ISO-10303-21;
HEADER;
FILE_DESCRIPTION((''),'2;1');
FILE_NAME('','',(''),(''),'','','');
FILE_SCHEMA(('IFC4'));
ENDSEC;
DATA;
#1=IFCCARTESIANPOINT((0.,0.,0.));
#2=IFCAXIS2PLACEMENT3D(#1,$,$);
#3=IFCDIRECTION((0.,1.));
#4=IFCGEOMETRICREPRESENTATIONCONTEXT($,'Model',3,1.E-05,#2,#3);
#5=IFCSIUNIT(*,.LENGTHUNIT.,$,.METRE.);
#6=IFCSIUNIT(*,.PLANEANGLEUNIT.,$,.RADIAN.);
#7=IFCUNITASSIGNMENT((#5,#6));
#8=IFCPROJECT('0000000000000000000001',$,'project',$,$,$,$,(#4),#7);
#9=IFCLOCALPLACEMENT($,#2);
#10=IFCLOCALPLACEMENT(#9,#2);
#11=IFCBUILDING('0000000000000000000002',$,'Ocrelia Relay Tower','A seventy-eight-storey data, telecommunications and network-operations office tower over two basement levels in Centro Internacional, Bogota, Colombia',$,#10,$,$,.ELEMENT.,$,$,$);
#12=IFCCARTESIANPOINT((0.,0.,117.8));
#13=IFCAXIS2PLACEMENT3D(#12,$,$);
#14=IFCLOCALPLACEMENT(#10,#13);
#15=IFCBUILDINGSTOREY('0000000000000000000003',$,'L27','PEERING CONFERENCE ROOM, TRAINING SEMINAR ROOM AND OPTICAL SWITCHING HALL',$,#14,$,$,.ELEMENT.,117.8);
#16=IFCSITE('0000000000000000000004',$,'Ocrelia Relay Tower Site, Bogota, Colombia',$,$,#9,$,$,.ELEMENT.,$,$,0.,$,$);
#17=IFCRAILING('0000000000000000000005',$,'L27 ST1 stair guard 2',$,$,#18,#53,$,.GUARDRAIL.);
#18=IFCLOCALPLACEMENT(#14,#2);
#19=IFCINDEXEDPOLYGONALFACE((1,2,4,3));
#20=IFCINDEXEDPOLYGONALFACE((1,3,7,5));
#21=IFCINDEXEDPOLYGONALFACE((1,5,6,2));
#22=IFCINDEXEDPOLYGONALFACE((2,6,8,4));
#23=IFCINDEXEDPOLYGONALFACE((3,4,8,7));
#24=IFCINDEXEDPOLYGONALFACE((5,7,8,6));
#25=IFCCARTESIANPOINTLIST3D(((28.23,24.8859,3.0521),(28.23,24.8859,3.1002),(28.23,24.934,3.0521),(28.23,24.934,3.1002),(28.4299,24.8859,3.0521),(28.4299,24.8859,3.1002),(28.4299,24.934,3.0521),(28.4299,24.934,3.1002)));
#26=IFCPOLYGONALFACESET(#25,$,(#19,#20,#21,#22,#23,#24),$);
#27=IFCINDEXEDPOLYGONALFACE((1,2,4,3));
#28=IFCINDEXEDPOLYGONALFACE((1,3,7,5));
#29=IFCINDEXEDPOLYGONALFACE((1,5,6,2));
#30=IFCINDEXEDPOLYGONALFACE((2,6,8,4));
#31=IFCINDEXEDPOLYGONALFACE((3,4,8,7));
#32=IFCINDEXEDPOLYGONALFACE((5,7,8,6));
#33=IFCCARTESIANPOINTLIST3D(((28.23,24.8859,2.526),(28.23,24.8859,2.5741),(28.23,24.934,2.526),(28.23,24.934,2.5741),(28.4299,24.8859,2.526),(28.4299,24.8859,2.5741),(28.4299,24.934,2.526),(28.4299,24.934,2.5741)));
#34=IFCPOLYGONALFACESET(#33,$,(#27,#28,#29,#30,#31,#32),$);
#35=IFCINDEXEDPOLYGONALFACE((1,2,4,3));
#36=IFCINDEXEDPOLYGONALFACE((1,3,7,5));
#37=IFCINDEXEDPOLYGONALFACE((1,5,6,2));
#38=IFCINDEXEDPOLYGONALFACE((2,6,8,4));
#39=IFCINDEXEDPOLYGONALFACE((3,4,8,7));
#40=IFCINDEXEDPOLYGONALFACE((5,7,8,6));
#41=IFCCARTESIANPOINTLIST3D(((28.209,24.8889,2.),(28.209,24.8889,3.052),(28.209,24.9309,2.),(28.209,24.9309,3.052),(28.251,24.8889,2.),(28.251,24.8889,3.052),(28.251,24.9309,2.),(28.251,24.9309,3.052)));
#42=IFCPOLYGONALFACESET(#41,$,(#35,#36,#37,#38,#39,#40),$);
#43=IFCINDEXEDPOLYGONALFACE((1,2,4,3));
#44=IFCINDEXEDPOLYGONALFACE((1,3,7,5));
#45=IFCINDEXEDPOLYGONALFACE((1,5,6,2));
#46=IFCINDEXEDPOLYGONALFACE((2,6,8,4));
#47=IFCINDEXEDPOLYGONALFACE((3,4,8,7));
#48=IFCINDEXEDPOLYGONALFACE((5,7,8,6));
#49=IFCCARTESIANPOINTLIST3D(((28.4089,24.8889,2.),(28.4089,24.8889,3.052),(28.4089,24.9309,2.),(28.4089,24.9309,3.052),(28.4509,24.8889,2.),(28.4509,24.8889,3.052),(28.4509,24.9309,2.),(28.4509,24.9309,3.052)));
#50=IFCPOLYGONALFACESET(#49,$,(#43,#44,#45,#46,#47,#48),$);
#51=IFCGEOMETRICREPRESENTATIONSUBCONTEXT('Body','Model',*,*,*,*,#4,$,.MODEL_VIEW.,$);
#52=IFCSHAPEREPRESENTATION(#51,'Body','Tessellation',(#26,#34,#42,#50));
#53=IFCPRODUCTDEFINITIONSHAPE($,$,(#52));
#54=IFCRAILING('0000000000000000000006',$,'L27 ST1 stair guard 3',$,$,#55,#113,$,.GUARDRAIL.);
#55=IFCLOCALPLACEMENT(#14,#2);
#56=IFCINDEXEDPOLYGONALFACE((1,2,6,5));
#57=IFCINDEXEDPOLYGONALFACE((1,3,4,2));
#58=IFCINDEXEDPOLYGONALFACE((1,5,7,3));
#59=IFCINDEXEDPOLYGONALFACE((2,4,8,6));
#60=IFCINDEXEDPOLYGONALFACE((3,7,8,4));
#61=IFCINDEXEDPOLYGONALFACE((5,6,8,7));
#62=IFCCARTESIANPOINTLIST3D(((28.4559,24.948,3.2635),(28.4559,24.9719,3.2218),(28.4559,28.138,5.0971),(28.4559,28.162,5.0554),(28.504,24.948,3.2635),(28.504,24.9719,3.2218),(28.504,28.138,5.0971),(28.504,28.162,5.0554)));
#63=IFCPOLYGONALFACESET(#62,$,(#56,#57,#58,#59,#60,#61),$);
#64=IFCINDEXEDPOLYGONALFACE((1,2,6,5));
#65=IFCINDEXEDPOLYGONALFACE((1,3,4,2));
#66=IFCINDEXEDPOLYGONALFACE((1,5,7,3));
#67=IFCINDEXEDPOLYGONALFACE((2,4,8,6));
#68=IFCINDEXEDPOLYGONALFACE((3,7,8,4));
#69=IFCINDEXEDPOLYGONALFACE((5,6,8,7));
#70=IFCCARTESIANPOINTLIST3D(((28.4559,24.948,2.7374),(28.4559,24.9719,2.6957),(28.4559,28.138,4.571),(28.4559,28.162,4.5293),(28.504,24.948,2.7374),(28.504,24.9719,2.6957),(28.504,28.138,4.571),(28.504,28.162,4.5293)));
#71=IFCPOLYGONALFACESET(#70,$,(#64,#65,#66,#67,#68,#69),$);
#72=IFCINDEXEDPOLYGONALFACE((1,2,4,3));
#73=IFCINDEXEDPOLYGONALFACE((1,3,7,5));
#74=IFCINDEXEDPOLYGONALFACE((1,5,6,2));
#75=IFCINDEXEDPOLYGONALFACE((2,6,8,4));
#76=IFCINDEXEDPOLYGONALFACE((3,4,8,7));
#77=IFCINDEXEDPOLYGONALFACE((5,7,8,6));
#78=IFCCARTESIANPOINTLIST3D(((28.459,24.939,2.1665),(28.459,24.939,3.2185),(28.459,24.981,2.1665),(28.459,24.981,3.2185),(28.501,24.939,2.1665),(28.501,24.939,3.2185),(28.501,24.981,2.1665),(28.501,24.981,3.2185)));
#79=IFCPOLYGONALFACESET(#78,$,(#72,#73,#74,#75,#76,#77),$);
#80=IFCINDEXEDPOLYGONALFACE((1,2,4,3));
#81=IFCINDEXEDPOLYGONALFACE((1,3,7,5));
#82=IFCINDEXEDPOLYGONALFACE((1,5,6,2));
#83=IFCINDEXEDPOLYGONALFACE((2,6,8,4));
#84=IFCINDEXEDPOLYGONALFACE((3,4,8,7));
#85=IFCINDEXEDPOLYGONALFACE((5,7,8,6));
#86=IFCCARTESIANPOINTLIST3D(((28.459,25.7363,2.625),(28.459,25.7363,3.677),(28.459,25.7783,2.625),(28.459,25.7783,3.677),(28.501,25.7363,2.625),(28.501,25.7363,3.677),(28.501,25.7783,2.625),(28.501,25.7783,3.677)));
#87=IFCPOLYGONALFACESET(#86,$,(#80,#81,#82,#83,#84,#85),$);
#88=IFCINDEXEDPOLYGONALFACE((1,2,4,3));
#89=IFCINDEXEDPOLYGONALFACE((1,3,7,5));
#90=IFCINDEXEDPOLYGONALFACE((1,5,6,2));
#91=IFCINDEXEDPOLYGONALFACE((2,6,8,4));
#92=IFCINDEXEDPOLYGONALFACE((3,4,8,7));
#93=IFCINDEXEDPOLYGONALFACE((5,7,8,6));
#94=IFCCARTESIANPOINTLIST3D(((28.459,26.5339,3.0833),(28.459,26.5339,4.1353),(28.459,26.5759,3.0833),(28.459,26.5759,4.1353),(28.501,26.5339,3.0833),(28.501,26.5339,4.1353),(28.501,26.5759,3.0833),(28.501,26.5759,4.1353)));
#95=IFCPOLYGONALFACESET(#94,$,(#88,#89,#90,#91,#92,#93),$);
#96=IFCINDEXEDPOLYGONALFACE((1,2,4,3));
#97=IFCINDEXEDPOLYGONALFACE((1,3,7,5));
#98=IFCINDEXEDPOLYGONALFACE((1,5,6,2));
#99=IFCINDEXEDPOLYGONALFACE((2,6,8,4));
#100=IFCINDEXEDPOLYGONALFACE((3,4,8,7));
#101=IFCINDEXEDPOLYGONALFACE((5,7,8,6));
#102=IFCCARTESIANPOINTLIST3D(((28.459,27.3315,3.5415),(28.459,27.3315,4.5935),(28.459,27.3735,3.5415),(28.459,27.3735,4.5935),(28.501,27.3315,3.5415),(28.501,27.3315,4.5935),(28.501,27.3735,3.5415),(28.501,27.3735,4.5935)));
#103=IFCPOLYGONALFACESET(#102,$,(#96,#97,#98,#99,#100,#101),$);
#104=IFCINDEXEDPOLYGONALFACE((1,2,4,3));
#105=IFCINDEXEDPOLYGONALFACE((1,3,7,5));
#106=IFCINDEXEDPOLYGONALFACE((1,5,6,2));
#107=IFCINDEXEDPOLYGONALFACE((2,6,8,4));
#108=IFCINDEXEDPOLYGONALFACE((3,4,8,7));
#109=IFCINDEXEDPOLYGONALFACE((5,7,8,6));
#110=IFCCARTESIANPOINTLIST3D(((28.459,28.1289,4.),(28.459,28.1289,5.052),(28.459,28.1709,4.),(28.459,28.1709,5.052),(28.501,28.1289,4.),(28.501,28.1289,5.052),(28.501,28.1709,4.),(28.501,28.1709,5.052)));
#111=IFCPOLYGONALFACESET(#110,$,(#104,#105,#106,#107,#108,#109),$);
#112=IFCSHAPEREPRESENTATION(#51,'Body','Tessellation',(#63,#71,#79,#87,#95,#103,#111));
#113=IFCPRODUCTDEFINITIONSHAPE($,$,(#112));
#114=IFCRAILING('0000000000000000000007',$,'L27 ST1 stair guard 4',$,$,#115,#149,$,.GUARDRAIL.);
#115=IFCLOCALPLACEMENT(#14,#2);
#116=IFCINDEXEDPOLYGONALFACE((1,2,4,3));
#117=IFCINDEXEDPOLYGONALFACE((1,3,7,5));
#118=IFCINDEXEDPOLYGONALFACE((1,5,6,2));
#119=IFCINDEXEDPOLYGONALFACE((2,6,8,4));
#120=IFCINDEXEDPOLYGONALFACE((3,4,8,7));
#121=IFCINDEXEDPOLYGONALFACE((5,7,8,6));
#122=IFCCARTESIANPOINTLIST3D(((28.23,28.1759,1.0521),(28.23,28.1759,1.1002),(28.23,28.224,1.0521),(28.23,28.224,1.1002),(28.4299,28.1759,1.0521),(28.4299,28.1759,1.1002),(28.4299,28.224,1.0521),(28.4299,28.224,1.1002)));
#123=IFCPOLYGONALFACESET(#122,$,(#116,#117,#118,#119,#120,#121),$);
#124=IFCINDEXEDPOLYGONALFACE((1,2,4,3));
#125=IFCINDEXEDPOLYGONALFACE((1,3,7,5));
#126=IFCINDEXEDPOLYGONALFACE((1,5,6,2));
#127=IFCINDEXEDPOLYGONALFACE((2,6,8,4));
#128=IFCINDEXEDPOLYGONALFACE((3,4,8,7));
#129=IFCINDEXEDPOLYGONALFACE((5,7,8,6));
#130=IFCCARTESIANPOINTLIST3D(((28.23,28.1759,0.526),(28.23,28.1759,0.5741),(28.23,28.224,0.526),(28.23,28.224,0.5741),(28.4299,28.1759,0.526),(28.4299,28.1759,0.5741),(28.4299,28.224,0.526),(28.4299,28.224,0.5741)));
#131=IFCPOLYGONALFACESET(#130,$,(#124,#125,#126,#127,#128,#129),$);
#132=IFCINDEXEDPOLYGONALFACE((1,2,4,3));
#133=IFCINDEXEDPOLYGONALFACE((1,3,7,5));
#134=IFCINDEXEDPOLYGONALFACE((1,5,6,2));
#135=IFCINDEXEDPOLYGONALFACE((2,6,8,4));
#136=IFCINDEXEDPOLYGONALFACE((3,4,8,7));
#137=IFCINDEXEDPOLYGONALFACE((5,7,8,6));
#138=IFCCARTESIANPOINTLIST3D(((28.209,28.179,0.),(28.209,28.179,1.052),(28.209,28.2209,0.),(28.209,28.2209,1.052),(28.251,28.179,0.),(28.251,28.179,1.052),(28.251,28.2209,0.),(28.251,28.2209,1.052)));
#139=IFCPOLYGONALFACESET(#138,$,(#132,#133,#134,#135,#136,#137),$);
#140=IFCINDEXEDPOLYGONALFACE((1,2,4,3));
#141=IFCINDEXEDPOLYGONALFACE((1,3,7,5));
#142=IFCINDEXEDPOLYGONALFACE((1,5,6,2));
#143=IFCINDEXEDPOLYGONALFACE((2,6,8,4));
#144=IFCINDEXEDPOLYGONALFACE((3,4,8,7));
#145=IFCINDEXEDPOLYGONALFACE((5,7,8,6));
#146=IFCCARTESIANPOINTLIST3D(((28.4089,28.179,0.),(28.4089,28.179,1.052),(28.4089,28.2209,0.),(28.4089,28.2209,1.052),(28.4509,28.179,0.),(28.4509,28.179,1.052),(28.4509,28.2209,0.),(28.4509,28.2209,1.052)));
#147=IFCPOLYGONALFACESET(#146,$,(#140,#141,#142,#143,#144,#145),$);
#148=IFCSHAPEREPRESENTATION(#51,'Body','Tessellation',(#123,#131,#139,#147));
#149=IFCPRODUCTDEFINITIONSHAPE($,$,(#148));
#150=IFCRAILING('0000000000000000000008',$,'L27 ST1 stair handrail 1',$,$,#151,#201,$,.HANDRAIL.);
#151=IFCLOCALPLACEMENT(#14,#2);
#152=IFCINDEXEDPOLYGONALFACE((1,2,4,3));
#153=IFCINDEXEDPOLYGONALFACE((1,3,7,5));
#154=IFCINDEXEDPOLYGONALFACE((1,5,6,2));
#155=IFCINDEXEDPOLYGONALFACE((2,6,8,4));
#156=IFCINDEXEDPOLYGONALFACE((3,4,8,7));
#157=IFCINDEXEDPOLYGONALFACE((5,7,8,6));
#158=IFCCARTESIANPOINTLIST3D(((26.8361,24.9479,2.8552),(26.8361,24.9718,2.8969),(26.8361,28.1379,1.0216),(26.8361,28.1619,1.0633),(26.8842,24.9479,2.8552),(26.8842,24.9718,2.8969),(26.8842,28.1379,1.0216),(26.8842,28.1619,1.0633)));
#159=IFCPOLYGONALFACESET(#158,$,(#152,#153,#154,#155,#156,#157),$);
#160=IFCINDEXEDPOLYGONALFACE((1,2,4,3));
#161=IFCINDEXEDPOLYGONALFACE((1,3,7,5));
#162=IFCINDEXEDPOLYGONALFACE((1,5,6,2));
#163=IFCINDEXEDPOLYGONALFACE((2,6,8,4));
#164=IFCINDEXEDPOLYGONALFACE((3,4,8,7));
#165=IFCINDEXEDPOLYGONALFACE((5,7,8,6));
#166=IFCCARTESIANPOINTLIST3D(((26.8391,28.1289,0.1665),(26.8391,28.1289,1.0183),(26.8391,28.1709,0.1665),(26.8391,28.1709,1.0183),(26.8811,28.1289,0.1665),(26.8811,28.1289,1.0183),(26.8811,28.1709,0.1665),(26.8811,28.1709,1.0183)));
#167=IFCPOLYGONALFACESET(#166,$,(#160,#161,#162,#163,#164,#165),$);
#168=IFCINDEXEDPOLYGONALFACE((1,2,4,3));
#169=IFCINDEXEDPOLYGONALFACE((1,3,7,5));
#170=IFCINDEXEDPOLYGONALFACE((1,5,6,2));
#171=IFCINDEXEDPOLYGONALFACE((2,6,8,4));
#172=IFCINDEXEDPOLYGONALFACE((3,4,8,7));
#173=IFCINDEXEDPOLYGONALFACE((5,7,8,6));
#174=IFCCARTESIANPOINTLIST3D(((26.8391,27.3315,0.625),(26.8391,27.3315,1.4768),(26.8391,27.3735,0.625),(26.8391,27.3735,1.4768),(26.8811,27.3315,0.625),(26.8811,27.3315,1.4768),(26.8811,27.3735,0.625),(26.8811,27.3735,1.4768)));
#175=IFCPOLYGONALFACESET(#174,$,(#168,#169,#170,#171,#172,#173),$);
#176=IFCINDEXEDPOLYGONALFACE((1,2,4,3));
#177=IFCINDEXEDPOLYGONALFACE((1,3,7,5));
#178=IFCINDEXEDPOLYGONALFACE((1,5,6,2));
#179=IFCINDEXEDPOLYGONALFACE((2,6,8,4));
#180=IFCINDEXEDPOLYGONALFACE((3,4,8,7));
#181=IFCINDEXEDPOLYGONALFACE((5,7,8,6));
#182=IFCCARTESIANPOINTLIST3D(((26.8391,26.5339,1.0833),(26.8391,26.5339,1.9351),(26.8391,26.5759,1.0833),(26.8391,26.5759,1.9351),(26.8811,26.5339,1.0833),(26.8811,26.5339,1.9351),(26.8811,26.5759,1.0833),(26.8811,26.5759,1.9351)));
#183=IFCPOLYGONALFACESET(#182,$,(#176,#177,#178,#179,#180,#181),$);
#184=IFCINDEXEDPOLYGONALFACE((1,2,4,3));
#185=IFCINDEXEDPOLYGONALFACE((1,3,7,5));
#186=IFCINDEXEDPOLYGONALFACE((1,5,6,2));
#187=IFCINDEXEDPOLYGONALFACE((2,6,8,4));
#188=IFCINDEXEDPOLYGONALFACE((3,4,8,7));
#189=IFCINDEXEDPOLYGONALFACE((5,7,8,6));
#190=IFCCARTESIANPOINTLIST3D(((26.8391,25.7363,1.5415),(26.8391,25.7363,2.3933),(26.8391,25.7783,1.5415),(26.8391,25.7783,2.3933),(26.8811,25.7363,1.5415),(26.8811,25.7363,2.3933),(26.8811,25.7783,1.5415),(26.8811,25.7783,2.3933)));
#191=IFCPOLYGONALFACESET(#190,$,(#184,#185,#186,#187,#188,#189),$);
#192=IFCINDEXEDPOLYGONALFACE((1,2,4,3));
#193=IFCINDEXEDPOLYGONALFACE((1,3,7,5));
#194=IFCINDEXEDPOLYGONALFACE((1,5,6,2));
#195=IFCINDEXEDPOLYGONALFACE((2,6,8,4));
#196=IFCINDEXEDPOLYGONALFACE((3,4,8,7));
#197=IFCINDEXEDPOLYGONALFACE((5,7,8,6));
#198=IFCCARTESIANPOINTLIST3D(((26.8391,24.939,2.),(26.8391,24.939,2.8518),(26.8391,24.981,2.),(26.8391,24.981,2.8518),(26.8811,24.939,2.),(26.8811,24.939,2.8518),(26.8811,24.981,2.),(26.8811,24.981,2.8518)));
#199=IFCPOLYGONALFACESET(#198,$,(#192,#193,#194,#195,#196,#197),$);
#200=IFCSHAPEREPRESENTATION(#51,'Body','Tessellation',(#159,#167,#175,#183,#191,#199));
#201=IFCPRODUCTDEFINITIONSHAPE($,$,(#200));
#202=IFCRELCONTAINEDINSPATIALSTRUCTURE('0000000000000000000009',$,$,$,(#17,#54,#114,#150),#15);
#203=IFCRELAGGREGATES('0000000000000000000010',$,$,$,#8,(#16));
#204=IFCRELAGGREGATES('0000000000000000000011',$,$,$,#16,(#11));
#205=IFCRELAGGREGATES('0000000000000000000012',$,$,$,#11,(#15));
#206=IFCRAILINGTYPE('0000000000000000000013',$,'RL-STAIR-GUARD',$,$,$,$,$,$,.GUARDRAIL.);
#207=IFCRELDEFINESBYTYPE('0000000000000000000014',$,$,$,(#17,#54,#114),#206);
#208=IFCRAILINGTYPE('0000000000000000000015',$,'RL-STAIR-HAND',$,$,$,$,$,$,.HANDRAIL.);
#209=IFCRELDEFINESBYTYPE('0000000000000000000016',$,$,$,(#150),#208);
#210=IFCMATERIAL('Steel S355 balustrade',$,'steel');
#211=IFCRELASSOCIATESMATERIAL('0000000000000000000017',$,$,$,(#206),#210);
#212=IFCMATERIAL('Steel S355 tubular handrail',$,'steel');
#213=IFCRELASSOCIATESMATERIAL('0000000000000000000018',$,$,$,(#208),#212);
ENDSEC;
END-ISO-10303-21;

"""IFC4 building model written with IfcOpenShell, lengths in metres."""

from ifc_helpers import new_model, si_unit, direction, frame, origin, origin_2d, place, context, subcontext, project, spatial, rectangle, extrude, material, type_object, element, save


model = new_model("IFC4")

# Units and contexts
model_context = context("Model", 3, precision=1e-05, world=origin(), true_north=direction((0.0, 1.0)))
body_context = subcontext(model_context, "Body", "Model", "MODEL_VIEW")
ifc_project = project(units=[si_unit("LENGTHUNIT", "METRE"), si_unit("PLANEANGLEUNIT", "RADIAN")], contexts=[model_context])

# Site, building, storey
site_placement = place(None, origin())
site = spatial("IfcSite", under=ifc_project, at=site_placement, Name="Ocrelia Relay Tower Site, Bogota, Colombia", CompositionType="ELEMENT", RefElevation=0.0)
building_placement = place(site_placement, origin())
building = spatial("IfcBuilding", under=site, at=building_placement, Name="Ocrelia Relay Tower", Description="A seventy-eight-storey data, telecommunications and network-operations office tower over two basement levels in Centro Internacional, Bogota, Colombia", CompositionType="ELEMENT")
storey_placement = place(building_placement, frame((0.0, 0.0, 117.8)))
storey = spatial("IfcBuildingStorey", under=building, at=storey_placement, Name="L27", Description="PEERING CONFERENCE ROOM, TRAINING SEMINAR ROOM AND OPTICAL SWITCHING HALL", CompositionType="ELEMENT", Elevation=117.8)

# Railings
ifc_material_1 = material(Name="Steel S355 balustrade", Category="steel")
railing_type_1 = type_object("IfcRailingType", Name="RL-STAIR-GUARD", PredefinedType="GUARDRAIL", material=ifc_material_1)
railing_1_placement = place(storey_placement, frame((28.23, 24.9099, 2.0)))
element("IfcRailing", 1, at=railing_1_placement, inside=storey, type_object=railing_type_1, Name="L27 ST1 stair guard 2", PredefinedType="GUARDRAIL", context=body_context, shape_type="SweptSolid", body=[
    extrude(rectangle(XDim=0.0481, YDim=0.0481, at=origin_2d()), frame((0.0, 0.0, 1.0762), z_axis=(1.0, 0.0, 0.0), x_axis=(0.0, 1.0, 0.0)), (0.0, 0.0, 1.0), 0.2),
    extrude(rectangle(XDim=0.0481, YDim=0.0481, at=origin_2d()), frame((0.0, 0.0, 0.55), z_axis=(1.0, 0.0, 0.0), x_axis=(0.0, 1.0, 0.0)), (0.0, 0.0, 1.0), 0.2),
    extrude(rectangle(XDim=0.042, YDim=0.042, at=origin_2d()), origin(), (0.0, 0.0, 1.0), 1.052),
    extrude(rectangle(XDim=0.042, YDim=0.042, at=origin_2d()), frame((0.2, 0.0, 0.0)), (0.0, 0.0, 1.0), 1.052),
])
railing_2_placement = place(storey_placement, frame((28.48, 24.96, 2.1665)))
element("IfcRailing", 2, at=railing_2_placement, inside=storey, type_object=railing_type_1, Name="L27 ST1 stair guard 3", PredefinedType="GUARDRAIL", context=body_context, shape_type="SweptSolid", body=[
    extrude(rectangle(XDim=0.0481, YDim=0.0481, at=origin_2d()), frame((0.0, 0.0, 1.0762), z_axis=(0.0, 0.866991, 0.498324), x_axis=(-1.0, 0.0, 0.0)), (0.0, 0.0, 1.0), 3.6794),
    extrude(rectangle(XDim=0.0481, YDim=0.0481, at=origin_2d()), frame((0.0, 0.0, 0.55), z_axis=(0.0, 0.866991, 0.498324), x_axis=(-1.0, 0.0, 0.0)), (0.0, 0.0, 1.0), 3.6794),
    extrude(rectangle(XDim=0.042, YDim=0.042, at=origin_2d()), origin(), (0.0, 0.0, 1.0), 1.052),
    extrude(rectangle(XDim=0.042, YDim=0.042, at=origin_2d()), frame((0.0, 0.7974, 0.4585)), (0.0, 0.0, 1.0), 1.052),
    extrude(rectangle(XDim=0.042, YDim=0.042, at=origin_2d()), frame((0.0, 1.595, 0.9167)), (0.0, 0.0, 1.0), 1.052),
    extrude(rectangle(XDim=0.042, YDim=0.042, at=origin_2d()), frame((0.0, 2.3926, 1.375)), (0.0, 0.0, 1.0), 1.052),
    extrude(rectangle(XDim=0.042, YDim=0.042, at=origin_2d()), frame((0.0, 3.1899, 1.8335)), (0.0, 0.0, 1.0), 1.052),
])
railing_3_placement = place(storey_placement, frame((28.23, 28.2, 0.0)))
element("IfcRailing", 3, at=railing_3_placement, inside=storey, type_object=railing_type_1, Name="L27 ST1 stair guard 4", PredefinedType="GUARDRAIL", context=body_context, shape_type="SweptSolid", body=[
    extrude(rectangle(XDim=0.0481, YDim=0.0481, at=origin_2d()), frame((0.0, 0.0, 1.0762), z_axis=(1.0, 0.0, 0.0), x_axis=(0.0, 1.0, 0.0)), (0.0, 0.0, 1.0), 0.2),
    extrude(rectangle(XDim=0.0481, YDim=0.0481, at=origin_2d()), frame((0.0, 0.0, 0.55), z_axis=(1.0, 0.0, 0.0), x_axis=(0.0, 1.0, 0.0)), (0.0, 0.0, 1.0), 0.2),
    extrude(rectangle(XDim=0.042, YDim=0.042, at=origin_2d()), origin(), (0.0, 0.0, 1.0), 1.052),
    extrude(rectangle(XDim=0.042, YDim=0.042, at=origin_2d()), frame((0.2, 0.0, 0.0)), (0.0, 0.0, 1.0), 1.052),
])
ifc_material_2 = material(Name="Steel S355 tubular handrail", Category="steel")
railing_type_2 = type_object("IfcRailingType", Name="RL-STAIR-HAND", PredefinedType="HANDRAIL", material=ifc_material_2)
railing_4_placement = place(storey_placement, frame((26.8601, 28.1499, 0.1665)))
element("IfcRailing", 4, at=railing_4_placement, inside=storey, type_object=railing_type_2, Name="L27 ST1 stair handrail 1", PredefinedType="HANDRAIL", context=body_context, shape_type="SweptSolid", body=[
    extrude(rectangle(XDim=0.0481, YDim=0.0481, at=origin_2d()), frame((0.0, 0.0, 0.876), z_axis=(0.0, -0.866991, 0.498324), x_axis=(1.0, 0.0, 0.0)), (0.0, 0.0, 1.0), 3.6794),
    extrude(rectangle(XDim=0.042, YDim=0.042, at=origin_2d()), origin(), (0.0, 0.0, 1.0), 0.8518),
    extrude(rectangle(XDim=0.042, YDim=0.042, at=origin_2d()), frame((0.0, -0.7974, 0.4585)), (0.0, 0.0, 1.0), 0.8518),
    extrude(rectangle(XDim=0.042, YDim=0.042, at=origin_2d()), frame((0.0, -1.595, 0.9167)), (0.0, 0.0, 1.0), 0.8518),
    extrude(rectangle(XDim=0.042, YDim=0.042, at=origin_2d()), frame((0.0, -2.3926, 1.375)), (0.0, 0.0, 1.0), 0.8518),
    extrude(rectangle(XDim=0.042, YDim=0.042, at=origin_2d()), frame((0.0, -3.1899, 1.8335)), (0.0, 0.0, 1.0), 0.8518),
])

save(model, "model.ifc")
